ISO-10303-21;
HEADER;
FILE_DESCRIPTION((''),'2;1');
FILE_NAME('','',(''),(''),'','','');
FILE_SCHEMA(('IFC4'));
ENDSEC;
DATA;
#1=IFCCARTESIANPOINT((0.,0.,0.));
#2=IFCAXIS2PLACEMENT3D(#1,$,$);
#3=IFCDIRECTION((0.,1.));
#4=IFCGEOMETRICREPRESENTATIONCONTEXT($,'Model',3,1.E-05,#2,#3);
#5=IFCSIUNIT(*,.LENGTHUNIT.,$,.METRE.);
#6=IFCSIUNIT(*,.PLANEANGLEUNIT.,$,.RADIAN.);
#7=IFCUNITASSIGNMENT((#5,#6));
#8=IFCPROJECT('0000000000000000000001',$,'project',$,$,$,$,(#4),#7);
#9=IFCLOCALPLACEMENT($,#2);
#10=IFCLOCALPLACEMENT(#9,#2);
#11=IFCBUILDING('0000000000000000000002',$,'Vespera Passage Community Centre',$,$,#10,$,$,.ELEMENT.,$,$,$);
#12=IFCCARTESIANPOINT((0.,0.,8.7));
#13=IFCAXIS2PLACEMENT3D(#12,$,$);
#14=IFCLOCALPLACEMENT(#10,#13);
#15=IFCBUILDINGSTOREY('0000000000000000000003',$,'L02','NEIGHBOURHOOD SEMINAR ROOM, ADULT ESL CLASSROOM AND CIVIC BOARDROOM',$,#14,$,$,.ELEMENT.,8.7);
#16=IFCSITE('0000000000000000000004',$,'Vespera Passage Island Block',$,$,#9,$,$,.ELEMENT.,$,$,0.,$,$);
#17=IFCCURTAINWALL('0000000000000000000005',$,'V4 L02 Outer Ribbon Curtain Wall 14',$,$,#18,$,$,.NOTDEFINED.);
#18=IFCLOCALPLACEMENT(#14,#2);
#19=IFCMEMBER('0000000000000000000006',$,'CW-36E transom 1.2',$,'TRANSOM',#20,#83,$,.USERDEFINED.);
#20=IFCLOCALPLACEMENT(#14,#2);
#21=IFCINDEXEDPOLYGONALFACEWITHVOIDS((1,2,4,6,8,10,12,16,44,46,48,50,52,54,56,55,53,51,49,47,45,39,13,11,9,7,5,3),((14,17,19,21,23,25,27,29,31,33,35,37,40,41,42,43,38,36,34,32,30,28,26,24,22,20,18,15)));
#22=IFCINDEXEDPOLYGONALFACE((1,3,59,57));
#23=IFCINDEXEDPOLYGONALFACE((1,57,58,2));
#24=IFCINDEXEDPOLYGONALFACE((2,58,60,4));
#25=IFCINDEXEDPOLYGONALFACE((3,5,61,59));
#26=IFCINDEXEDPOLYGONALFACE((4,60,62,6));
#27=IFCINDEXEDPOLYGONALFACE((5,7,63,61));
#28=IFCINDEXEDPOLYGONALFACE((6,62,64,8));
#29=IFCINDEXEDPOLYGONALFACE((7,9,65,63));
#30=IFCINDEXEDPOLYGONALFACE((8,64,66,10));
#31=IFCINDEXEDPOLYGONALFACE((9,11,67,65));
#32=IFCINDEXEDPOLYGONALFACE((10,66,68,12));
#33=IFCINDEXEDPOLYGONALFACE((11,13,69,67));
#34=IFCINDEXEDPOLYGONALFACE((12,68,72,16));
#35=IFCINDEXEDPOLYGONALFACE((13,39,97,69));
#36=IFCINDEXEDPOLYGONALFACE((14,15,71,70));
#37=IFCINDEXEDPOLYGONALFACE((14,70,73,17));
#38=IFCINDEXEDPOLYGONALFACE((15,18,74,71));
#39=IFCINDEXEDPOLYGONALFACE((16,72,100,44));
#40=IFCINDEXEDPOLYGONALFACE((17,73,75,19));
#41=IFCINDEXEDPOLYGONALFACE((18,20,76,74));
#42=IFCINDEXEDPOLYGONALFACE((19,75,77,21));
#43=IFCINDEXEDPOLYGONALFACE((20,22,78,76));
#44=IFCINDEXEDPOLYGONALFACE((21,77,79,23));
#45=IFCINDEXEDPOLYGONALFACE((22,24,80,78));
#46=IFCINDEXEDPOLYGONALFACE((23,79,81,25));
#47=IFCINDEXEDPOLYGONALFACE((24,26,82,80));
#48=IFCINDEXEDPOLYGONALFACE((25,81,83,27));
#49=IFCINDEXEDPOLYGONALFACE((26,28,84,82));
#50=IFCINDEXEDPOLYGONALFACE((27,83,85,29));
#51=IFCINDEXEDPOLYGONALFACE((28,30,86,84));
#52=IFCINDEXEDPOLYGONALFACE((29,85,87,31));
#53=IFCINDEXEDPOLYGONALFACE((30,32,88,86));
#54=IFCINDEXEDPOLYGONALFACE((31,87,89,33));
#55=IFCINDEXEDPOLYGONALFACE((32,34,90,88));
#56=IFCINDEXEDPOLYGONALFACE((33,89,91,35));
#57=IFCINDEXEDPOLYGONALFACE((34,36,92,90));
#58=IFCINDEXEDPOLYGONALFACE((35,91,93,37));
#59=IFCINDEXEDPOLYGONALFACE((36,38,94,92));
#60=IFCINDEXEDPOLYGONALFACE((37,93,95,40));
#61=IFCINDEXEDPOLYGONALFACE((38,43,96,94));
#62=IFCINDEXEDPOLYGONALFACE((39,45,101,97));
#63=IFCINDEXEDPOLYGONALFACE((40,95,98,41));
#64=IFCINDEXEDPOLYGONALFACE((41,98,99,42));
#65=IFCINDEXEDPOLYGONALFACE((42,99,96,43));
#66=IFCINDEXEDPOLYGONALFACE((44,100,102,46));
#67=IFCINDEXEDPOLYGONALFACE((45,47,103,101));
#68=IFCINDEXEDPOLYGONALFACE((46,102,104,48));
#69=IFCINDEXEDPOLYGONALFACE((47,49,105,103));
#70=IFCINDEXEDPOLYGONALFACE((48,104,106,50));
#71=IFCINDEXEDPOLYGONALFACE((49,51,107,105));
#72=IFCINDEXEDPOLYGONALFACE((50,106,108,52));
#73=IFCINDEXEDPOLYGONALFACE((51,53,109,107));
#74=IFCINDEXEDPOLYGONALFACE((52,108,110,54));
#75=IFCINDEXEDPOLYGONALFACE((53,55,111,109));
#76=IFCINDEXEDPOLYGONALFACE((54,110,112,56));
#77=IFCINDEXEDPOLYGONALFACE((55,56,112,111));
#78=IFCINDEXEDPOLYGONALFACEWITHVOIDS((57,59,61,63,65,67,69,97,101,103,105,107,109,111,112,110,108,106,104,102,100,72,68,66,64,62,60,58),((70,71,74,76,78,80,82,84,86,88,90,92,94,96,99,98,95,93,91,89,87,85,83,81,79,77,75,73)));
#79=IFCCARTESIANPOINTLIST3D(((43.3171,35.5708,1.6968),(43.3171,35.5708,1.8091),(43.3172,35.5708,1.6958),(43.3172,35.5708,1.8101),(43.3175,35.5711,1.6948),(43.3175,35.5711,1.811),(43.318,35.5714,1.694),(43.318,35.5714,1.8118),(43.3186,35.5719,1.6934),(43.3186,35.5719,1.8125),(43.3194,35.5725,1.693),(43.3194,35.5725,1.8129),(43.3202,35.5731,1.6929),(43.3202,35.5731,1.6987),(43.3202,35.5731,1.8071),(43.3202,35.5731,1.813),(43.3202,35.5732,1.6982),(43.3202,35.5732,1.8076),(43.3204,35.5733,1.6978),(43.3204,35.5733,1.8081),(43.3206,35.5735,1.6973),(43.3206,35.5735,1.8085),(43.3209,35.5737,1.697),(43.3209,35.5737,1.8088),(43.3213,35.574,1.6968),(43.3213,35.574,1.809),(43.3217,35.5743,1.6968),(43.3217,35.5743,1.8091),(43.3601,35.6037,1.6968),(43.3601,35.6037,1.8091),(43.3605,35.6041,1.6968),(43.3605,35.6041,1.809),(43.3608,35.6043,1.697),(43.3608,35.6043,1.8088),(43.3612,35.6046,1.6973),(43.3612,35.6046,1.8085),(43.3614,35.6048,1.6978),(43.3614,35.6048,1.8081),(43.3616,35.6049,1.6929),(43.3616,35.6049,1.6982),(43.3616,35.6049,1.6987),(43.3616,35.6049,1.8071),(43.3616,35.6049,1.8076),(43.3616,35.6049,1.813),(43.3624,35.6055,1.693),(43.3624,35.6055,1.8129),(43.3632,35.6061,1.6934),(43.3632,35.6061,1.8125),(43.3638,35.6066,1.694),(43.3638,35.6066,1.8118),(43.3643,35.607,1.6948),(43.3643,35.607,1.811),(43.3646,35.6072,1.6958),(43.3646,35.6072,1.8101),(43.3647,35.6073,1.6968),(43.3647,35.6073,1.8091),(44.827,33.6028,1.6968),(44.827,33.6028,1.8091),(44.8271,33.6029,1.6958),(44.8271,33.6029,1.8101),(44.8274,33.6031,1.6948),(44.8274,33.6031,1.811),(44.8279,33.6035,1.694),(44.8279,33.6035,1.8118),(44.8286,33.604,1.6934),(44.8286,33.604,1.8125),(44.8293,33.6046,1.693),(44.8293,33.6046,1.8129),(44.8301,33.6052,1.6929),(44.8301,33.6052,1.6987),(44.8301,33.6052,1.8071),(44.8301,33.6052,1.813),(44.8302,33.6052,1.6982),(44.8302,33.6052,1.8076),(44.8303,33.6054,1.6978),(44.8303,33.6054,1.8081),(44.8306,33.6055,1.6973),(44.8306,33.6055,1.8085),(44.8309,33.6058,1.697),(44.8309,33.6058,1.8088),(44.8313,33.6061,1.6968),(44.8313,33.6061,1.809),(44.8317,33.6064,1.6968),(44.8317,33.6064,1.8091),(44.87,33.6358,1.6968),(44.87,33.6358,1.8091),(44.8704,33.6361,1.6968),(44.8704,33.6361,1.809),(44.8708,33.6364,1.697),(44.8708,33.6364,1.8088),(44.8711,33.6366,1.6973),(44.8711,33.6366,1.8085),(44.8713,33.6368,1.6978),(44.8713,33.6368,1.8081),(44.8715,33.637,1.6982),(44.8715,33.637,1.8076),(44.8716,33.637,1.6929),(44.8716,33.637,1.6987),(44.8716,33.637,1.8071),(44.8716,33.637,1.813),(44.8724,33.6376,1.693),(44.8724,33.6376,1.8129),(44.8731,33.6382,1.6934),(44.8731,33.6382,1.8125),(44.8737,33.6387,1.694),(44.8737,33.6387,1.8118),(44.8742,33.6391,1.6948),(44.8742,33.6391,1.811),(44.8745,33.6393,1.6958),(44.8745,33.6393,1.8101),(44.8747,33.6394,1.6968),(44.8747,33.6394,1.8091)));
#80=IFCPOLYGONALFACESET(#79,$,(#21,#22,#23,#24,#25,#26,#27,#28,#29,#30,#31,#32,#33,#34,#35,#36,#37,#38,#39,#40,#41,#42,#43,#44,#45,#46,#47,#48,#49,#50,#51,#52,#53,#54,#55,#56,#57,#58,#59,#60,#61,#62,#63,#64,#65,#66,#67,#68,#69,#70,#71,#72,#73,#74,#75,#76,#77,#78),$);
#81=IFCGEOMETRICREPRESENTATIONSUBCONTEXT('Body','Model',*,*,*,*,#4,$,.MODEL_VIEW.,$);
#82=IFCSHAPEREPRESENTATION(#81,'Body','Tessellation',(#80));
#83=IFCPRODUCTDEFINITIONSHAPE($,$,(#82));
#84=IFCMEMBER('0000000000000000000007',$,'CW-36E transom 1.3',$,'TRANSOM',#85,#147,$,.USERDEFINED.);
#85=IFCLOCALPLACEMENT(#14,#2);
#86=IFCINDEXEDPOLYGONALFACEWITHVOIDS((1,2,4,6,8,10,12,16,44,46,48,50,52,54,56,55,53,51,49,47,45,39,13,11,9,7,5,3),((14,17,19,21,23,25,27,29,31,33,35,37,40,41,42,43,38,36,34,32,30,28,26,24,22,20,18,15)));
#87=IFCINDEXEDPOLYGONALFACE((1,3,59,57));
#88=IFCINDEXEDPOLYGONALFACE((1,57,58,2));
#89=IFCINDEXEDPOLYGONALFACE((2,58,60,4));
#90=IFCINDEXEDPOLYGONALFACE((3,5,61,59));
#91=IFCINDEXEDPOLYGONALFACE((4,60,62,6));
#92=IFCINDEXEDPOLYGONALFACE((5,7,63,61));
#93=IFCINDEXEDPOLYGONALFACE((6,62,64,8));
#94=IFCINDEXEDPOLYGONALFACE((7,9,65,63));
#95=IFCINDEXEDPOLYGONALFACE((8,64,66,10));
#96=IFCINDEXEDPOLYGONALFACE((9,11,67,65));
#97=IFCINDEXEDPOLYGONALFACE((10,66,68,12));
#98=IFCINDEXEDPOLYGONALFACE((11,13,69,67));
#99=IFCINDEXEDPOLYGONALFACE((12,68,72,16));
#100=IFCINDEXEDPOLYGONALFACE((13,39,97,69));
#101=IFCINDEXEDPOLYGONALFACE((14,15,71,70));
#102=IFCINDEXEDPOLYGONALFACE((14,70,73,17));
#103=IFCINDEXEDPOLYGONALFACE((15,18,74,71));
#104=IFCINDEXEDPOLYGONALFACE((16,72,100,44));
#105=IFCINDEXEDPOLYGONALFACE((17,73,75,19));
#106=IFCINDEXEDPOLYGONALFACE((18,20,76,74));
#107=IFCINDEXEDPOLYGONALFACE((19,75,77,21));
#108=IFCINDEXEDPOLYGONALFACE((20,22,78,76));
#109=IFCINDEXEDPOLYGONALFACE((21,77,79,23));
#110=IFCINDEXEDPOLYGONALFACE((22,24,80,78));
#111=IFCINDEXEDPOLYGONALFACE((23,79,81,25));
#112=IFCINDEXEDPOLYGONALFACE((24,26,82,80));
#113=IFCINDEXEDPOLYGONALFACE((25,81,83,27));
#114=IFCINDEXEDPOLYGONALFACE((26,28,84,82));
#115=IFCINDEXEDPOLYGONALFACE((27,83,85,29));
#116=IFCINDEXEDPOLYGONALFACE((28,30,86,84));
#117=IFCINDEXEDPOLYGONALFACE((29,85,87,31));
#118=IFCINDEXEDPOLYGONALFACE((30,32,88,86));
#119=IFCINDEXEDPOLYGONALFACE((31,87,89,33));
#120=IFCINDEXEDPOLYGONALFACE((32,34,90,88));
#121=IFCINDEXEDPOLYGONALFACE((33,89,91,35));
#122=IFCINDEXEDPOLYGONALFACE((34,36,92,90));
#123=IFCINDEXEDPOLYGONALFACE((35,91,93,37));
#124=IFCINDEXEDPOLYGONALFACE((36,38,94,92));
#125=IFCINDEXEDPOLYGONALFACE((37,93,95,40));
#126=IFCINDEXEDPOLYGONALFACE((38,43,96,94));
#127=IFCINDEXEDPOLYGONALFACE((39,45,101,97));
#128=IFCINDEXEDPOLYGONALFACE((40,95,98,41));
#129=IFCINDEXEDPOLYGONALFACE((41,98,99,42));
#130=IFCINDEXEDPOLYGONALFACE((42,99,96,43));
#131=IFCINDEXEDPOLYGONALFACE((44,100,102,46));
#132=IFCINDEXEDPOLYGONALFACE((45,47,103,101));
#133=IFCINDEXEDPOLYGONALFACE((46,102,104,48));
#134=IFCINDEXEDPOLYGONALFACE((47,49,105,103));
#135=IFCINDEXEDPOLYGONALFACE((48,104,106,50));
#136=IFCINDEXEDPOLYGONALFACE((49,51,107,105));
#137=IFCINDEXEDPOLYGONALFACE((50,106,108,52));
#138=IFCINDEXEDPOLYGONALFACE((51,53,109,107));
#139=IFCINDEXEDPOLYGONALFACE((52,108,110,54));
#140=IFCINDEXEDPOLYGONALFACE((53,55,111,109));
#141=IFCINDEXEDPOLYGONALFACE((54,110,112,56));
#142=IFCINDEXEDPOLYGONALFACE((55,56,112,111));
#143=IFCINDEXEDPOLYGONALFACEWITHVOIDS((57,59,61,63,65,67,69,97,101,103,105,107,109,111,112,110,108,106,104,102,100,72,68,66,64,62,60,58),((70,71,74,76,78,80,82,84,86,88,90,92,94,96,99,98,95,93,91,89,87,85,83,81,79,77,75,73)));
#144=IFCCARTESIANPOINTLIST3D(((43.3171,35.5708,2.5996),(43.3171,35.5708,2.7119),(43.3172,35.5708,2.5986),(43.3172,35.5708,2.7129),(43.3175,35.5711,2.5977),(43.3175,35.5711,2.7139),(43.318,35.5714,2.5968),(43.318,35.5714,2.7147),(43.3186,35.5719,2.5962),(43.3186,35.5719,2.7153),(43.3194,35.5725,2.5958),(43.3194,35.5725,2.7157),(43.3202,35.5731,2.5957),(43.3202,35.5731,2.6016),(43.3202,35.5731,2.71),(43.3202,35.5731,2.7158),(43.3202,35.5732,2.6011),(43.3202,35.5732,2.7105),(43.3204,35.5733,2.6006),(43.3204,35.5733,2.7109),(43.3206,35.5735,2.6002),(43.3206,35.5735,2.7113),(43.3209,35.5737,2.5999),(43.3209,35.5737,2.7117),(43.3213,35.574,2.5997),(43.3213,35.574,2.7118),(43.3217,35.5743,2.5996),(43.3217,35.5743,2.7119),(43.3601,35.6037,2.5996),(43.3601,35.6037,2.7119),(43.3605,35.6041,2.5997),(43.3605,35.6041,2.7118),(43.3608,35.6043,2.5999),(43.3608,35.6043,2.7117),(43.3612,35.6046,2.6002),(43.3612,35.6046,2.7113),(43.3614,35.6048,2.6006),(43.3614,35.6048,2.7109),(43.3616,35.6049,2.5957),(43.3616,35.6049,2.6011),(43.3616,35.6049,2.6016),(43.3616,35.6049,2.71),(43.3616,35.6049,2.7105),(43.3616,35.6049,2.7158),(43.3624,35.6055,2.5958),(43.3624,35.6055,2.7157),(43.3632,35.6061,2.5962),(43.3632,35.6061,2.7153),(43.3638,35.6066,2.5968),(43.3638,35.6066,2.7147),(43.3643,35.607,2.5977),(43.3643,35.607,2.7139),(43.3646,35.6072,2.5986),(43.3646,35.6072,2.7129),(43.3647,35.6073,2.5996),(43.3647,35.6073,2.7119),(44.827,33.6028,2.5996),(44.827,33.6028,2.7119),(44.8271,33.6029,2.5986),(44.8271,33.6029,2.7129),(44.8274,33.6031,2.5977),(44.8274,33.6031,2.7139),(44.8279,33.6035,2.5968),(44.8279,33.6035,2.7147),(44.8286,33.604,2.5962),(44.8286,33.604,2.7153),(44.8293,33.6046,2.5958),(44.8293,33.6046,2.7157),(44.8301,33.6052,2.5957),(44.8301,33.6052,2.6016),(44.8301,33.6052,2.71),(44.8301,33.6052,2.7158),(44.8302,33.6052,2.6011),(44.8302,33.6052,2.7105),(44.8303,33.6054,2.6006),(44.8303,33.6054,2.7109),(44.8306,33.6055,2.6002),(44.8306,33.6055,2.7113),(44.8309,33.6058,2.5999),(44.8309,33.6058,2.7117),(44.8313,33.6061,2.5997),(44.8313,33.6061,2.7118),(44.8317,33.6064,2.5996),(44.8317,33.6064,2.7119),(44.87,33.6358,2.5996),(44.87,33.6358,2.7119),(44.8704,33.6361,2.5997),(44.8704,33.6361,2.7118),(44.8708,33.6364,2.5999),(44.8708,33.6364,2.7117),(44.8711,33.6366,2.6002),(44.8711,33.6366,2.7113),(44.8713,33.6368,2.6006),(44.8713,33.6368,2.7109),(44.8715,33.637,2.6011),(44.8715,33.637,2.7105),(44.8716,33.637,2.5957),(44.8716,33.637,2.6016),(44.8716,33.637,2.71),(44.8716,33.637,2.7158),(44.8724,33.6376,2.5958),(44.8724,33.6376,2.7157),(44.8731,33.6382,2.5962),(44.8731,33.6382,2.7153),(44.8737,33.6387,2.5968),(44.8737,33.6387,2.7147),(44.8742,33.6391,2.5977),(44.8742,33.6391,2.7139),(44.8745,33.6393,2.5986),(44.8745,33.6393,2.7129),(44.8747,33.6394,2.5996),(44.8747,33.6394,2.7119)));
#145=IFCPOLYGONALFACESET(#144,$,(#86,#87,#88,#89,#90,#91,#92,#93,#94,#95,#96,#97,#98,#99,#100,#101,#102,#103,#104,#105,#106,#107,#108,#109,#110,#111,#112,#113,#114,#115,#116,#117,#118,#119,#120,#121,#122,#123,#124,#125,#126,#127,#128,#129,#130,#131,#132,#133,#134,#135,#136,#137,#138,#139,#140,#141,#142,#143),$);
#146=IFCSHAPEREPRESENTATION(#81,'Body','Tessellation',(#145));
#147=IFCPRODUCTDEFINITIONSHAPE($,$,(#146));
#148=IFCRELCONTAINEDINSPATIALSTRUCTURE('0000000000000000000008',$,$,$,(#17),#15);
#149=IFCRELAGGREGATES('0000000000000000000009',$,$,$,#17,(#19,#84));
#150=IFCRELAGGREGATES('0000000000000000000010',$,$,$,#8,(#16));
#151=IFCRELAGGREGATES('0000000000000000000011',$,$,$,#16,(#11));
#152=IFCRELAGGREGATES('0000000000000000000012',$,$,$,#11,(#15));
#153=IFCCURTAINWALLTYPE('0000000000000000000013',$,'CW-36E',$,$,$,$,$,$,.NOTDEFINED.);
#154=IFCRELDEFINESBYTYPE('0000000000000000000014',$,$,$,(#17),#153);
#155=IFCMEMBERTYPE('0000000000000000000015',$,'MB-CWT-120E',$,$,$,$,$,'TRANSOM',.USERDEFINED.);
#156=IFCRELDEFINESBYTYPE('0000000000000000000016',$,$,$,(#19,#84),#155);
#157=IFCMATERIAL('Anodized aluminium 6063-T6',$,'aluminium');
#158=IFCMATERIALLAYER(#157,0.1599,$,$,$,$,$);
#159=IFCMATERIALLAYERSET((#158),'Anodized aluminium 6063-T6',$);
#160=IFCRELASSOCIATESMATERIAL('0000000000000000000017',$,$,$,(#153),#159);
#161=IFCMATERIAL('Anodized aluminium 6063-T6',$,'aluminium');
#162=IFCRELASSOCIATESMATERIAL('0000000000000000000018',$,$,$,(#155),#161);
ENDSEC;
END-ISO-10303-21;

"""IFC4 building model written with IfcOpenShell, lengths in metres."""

from ifc_helpers import new_model, si_unit, direction, frame, origin, origin_2d, place, context, subcontext, project, spatial, hollow_rectangle, extrude, material, layer, layer_set, material_profile, profile_set, type_object, element, aggregate, save


model = new_model("IFC4")

# Units and contexts
model_context = context("Model", 3, precision=1e-05, world=origin(), true_north=direction((0.0, 1.0)))
body_context = subcontext(model_context, "Body", "Model", "MODEL_VIEW")
ifc_project = project(units=[si_unit("LENGTHUNIT", "METRE"), si_unit("PLANEANGLEUNIT", "RADIAN")], contexts=[model_context])

# Site, building, storey
site_placement = place(None, origin())
site = spatial("IfcSite", under=ifc_project, at=site_placement, Name="Vespera Passage Island Block", CompositionType="ELEMENT", RefElevation=0.0)
building_placement = place(site_placement, origin())
building = spatial("IfcBuilding", under=site, at=building_placement, Name="Vespera Passage Community Centre", CompositionType="ELEMENT")
storey_placement = place(building_placement, frame((0.0, 0.0, 8.7)))
storey = spatial("IfcBuildingStorey", under=building, at=storey_placement, Name="L02", Description="NEIGHBOURHOOD SEMINAR ROOM, ADULT ESL CLASSROOM AND CIVIC BOARDROOM", CompositionType="ELEMENT", Elevation=8.7)

# Curtain wall, members
ifc_material_1 = material(Name="Anodized aluminium 6063-T6", Category="aluminium")
ifc_layer_1 = layer(ifc_material_1, 0.1599)
ifc_layer_set_1 = layer_set([ifc_layer_1], Name="Anodized aluminium 6063-T6")
curtain_wall_type = type_object("IfcCurtainWallType", Name="CW-36E", PredefinedType="NOTDEFINED", material=ifc_layer_set_1)
curtain_wall_placement = place(storey_placement, origin())
curtain_wall = element("IfcCurtainWall", 1, at=curtain_wall_placement, inside=storey, type_object=curtain_wall_type, Name="V4 L02 Outer Ribbon Curtain Wall 14", PredefinedType="NOTDEFINED")
ifc_material_2 = material(Name="Anodized aluminium 6063-T6", Category="aluminium")
ifc_material_profile_1 = material_profile(ifc_material_2, hollow_rectangle(XDim=0.0601, YDim=0.1201, WallThickness=0.0039, InnerFilletRadius=0.002, OuterFilletRadius=0.0039, at=origin_2d()), Name="ALU120X60X4")
ifc_profile_set_1 = profile_set([ifc_material_profile_1], Name="Anodized aluminium 6063-T6")
member_type_1 = type_object("IfcMemberType", Name="MB-CWT-120E", ElementType="TRANSOM", PredefinedType="USERDEFINED", material=ifc_profile_set_1)
member_1_placement = place(storey_placement, frame((44.8508, 33.6211, 1.7529), z_axis=(-0.608735, 0.793373, 0.0), x_axis=(-0.793373, -0.608735, 0.0)))
member_1 = element("IfcMember", 2, at=member_1_placement, type_object=member_type_1, Name="CW-36E transom 1.2", ObjectType="TRANSOM", PredefinedType="USERDEFINED", context=body_context, shape_type="SweptSolid", body=[
    extrude(hollow_rectangle(XDim=0.0601, YDim=0.1201, WallThickness=0.0039, InnerFilletRadius=0.002, OuterFilletRadius=0.0039, at=origin_2d()), origin(), (0.0, 0.0, 1.0), 2.4805),
])
member_2_placement = place(storey_placement, frame((44.8508, 33.6211, 2.6558), z_axis=(-0.608735, 0.793373, 0.0), x_axis=(-0.793373, -0.608735, 0.0)))
member_2 = element("IfcMember", 3, at=member_2_placement, type_object=member_type_1, Name="CW-36E transom 1.3", ObjectType="TRANSOM", PredefinedType="USERDEFINED", context=body_context, shape_type="SweptSolid", body=[
    extrude(hollow_rectangle(XDim=0.0601, YDim=0.1201, WallThickness=0.0039, InnerFilletRadius=0.002, OuterFilletRadius=0.0039, at=origin_2d()), origin(), (0.0, 0.0, 1.0), 2.4805),
])
aggregate(curtain_wall, [member_1, member_2])

save(model, "model.ifc")
